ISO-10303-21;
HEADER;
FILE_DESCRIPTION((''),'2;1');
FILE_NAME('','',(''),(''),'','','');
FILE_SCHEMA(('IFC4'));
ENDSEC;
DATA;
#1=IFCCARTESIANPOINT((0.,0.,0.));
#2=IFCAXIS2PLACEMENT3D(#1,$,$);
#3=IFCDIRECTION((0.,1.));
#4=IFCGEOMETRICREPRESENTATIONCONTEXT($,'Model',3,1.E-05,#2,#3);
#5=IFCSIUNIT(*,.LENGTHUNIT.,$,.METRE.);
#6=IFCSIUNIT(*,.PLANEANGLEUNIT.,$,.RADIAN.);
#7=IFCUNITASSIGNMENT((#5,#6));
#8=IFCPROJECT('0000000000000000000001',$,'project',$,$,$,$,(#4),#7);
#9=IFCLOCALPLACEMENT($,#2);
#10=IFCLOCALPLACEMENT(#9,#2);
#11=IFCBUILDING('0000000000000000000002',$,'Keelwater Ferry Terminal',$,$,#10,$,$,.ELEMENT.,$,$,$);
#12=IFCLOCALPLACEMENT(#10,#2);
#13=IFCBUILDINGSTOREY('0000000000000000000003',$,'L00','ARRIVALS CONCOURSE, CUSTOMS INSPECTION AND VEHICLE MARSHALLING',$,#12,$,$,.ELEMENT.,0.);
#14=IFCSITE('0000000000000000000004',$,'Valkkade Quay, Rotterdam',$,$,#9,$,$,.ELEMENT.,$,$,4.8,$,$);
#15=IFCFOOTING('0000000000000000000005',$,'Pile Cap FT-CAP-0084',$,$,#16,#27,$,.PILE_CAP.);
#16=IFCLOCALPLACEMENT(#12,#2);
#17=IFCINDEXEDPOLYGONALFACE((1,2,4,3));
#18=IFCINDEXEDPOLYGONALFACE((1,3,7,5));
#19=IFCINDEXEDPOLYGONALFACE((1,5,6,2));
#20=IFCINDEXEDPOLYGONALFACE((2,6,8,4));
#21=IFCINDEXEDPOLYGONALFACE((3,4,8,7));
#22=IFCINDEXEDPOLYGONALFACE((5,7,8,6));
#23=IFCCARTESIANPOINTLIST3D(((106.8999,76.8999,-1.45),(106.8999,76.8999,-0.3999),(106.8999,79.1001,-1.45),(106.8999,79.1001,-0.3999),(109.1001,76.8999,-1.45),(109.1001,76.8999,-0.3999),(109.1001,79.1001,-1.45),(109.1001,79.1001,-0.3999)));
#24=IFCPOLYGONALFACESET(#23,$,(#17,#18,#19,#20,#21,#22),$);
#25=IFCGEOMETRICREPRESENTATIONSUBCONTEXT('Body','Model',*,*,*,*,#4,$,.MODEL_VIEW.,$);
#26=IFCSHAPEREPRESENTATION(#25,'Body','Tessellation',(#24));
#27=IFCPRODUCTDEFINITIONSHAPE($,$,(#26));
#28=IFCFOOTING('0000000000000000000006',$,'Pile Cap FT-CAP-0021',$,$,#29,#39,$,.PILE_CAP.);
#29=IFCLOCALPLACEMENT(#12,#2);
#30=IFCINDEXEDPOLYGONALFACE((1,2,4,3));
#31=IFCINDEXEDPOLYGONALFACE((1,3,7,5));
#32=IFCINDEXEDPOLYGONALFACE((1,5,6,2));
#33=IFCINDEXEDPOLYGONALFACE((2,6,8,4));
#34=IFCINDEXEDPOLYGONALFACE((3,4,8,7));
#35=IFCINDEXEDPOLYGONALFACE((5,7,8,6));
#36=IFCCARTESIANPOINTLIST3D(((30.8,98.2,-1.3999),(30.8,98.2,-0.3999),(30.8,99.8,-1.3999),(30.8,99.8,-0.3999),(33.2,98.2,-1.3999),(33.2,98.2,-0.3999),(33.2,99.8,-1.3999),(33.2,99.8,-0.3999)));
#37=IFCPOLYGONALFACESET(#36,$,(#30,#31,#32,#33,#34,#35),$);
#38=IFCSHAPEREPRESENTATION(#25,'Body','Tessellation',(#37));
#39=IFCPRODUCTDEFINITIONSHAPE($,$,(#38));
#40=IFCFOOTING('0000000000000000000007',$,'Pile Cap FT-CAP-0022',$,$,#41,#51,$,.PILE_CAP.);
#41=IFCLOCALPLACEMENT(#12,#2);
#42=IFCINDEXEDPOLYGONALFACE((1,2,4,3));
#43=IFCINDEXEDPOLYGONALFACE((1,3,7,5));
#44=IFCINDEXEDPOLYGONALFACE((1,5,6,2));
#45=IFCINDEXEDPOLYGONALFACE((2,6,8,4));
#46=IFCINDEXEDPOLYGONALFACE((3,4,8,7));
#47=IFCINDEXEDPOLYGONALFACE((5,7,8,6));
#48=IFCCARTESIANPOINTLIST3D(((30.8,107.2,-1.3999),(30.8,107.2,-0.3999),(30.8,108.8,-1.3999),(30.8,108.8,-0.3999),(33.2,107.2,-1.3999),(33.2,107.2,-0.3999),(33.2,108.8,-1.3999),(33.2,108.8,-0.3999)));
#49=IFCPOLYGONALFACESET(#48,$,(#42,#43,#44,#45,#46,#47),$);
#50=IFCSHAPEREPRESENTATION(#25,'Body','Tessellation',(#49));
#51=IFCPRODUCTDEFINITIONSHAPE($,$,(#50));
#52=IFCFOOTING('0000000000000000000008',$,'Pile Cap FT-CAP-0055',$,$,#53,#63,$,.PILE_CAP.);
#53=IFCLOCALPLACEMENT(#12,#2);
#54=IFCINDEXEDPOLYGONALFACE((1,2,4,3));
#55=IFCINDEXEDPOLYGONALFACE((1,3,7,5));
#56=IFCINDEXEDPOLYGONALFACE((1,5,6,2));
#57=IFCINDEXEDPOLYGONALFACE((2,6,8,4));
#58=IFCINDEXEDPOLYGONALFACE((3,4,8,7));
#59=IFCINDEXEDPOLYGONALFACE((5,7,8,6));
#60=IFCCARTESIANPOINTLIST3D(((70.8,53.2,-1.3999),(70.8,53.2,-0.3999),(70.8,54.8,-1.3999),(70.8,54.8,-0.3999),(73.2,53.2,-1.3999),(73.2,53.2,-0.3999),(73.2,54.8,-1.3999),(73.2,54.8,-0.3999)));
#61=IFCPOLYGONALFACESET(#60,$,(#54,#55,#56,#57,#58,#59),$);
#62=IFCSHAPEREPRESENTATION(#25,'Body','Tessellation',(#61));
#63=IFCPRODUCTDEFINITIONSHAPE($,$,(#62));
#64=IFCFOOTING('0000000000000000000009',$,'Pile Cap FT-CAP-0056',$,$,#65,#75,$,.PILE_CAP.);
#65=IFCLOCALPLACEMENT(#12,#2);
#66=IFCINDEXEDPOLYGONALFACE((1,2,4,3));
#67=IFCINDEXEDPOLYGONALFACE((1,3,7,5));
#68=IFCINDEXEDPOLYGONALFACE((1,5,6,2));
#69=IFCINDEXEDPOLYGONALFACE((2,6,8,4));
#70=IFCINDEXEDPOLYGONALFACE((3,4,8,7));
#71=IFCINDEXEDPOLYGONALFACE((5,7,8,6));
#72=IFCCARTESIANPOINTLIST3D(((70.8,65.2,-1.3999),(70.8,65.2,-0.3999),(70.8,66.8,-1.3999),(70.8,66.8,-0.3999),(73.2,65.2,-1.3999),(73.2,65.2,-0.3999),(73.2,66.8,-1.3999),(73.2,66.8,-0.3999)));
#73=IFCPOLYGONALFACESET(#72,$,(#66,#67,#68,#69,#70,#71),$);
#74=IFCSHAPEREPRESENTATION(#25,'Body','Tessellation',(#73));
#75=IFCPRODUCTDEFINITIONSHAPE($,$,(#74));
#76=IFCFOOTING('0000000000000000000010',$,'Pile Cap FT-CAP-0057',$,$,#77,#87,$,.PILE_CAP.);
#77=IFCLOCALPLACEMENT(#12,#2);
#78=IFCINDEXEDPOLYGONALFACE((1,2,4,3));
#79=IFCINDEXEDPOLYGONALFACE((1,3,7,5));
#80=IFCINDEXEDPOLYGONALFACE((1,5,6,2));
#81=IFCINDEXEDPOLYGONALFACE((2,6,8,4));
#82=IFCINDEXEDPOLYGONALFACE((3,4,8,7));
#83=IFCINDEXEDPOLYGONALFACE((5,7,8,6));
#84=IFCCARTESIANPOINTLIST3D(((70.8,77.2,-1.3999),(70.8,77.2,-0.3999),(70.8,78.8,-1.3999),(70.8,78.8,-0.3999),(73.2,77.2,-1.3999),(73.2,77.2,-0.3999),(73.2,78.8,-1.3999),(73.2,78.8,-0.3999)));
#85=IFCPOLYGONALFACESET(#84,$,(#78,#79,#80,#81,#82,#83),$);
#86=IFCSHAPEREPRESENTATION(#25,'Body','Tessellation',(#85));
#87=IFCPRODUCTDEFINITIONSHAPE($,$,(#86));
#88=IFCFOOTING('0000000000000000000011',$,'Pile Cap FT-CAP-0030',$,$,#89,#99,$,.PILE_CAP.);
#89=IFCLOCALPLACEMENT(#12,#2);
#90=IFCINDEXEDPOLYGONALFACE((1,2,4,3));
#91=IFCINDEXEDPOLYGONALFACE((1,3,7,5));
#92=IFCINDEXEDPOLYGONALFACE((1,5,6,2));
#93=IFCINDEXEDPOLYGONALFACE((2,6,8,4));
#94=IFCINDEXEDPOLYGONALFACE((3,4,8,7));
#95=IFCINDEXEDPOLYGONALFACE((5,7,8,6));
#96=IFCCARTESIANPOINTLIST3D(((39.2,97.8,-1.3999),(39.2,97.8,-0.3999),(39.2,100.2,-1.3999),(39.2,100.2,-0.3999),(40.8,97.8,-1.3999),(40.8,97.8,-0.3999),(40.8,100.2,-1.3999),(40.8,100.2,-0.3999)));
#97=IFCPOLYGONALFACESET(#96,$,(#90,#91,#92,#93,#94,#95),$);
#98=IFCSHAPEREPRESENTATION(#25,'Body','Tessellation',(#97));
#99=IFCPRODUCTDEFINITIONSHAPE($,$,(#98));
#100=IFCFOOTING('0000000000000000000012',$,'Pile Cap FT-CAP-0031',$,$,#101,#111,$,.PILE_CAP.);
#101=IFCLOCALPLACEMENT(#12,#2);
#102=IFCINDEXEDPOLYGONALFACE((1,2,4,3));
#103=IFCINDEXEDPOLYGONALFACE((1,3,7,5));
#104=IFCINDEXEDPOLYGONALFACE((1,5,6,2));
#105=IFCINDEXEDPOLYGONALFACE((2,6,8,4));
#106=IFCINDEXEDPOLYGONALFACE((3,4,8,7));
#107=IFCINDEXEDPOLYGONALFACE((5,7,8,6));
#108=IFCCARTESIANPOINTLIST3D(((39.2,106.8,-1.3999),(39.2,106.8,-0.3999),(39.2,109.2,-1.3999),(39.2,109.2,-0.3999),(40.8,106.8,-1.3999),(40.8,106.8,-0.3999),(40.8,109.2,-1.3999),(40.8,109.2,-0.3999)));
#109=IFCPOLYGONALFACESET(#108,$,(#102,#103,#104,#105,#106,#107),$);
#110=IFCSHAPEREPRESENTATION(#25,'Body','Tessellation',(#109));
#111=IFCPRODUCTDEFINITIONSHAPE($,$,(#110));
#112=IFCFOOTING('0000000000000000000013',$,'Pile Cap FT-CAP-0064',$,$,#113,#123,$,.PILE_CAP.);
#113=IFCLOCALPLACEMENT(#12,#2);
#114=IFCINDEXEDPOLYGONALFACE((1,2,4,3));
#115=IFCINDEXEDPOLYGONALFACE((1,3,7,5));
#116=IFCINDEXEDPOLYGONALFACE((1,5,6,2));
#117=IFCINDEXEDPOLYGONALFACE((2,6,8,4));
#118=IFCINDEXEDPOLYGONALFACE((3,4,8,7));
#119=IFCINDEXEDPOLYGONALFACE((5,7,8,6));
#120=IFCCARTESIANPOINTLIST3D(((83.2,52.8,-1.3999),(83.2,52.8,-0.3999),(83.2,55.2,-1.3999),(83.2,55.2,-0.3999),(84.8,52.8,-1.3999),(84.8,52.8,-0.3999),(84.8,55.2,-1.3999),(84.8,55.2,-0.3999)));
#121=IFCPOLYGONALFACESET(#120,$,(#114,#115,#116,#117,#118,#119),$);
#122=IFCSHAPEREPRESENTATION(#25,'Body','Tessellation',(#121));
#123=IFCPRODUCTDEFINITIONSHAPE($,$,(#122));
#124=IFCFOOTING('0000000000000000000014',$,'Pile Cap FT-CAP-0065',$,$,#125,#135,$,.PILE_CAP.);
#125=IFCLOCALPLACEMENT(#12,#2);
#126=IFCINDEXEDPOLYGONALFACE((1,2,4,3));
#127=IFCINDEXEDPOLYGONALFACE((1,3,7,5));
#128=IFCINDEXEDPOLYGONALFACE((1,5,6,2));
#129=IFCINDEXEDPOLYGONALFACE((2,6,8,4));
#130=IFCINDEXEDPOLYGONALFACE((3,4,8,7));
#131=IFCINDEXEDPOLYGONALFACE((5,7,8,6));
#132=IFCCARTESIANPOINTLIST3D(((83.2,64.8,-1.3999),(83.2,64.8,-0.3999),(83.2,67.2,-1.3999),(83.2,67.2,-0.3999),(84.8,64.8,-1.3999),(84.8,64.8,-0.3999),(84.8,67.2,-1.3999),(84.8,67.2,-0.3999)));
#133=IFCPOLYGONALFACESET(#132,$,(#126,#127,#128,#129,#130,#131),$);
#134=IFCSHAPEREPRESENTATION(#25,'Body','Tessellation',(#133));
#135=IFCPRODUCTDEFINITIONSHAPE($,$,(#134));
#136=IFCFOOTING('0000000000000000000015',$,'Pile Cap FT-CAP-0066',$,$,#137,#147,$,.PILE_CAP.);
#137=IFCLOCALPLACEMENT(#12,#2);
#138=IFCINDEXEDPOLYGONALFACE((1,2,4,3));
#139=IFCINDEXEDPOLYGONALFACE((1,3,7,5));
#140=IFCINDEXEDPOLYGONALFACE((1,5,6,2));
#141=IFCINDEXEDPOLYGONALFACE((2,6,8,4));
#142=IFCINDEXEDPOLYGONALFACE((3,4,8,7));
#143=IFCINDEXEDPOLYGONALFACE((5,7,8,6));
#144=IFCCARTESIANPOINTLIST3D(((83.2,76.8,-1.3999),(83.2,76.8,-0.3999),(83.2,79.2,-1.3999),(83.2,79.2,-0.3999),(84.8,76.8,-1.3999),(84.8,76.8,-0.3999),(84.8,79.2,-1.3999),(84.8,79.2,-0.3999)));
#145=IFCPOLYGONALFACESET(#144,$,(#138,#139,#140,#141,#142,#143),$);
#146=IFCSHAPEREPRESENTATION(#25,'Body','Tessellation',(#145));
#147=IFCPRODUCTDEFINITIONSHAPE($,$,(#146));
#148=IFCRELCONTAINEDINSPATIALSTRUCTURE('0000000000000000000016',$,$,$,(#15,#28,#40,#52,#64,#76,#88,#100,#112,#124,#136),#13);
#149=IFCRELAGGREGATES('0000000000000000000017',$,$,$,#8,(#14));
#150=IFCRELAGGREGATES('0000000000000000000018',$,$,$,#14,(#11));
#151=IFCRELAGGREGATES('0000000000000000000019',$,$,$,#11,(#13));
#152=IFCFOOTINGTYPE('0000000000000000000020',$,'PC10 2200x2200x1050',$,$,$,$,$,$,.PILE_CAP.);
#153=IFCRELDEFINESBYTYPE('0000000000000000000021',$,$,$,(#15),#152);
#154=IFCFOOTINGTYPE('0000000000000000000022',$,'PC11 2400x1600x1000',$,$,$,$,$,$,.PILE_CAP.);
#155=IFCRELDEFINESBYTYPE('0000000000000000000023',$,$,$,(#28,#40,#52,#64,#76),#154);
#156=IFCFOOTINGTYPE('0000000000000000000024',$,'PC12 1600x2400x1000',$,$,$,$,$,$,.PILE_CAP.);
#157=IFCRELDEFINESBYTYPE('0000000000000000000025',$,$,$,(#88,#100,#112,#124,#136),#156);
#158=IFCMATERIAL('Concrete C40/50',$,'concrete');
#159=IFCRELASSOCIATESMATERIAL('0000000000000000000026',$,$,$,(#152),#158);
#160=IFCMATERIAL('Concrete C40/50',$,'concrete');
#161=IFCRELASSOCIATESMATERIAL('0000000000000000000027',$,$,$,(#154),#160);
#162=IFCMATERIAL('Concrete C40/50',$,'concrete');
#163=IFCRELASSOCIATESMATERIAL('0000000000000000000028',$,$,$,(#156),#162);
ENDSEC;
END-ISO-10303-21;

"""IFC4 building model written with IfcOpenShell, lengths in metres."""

from ifc_helpers import new_model, si_unit, direction, frame, origin, place, context, subcontext, project, spatial, polyline, outline, extrude, material, type_object, element, save


model = new_model("IFC4")

# Units and contexts
model_context = context("Model", 3, precision=1e-05, world=origin(), true_north=direction((0.0, 1.0)))
body_context = subcontext(model_context, "Body", "Model", "MODEL_VIEW")
ifc_project = project(units=[si_unit("LENGTHUNIT", "METRE"), si_unit("PLANEANGLEUNIT", "RADIAN")], contexts=[model_context])

# Site, building, storey
site_placement = place(None, origin())
site = spatial("IfcSite", under=ifc_project, at=site_placement, Name="Valkkade Quay, Rotterdam", CompositionType="ELEMENT", RefElevation=4.8)
building_placement = place(site_placement, origin())
building = spatial("IfcBuilding", under=site, at=building_placement, Name="Keelwater Ferry Terminal", CompositionType="ELEMENT")
storey_placement = place(building_placement, origin())
storey = spatial("IfcBuildingStorey", under=building, at=storey_placement, Name="L00", Description="ARRIVALS CONCOURSE, CUSTOMS INSPECTION AND VEHICLE MARSHALLING", CompositionType="ELEMENT", Elevation=0.0)

# Footings
ifc_material_1 = material(Name="Concrete C40/50", Category="concrete")
footing_type_1 = type_object("IfcFootingType", Name="PC10 2200x2200x1050", PredefinedType="PILE_CAP", material=ifc_material_1)
footing_1_placement = place(storey_placement, frame((0.0, 0.0, -1.45)))
element("IfcFooting", 1, at=footing_1_placement, inside=storey, type_object=footing_type_1, Name="Pile Cap FT-CAP-0084", PredefinedType="PILE_CAP", context=body_context, shape_type="SweptSolid", body=[
    extrude(outline(polyline([(106.8999, 76.8999), (109.1001, 76.8999), (109.1001, 79.1001), (106.8999, 79.1001), (106.8999, 76.8999)])), origin(), (0.0, 0.0, 1.0), 1.05),
])
ifc_material_2 = material(Name="Concrete C40/50", Category="concrete")
footing_type_2 = type_object("IfcFootingType", Name="PC11 2400x1600x1000", PredefinedType="PILE_CAP", material=ifc_material_2)
footing_2_placement = place(storey_placement, frame((0.0, 0.0, -1.3999)))
element("IfcFooting", 2, at=footing_2_placement, inside=storey, type_object=footing_type_2, Name="Pile Cap FT-CAP-0021", PredefinedType="PILE_CAP", context=body_context, shape_type="SweptSolid", body=[
    extrude(outline(polyline([(30.8, 98.2), (33.2, 98.2), (33.2, 99.8), (30.8, 99.8), (30.8, 98.2)])), origin(), (0.0, 0.0, 1.0), 1.0),
])
footing_3_placement = place(storey_placement, frame((0.0, 0.0, -1.3999)))
element("IfcFooting", 3, at=footing_3_placement, inside=storey, type_object=footing_type_2, Name="Pile Cap FT-CAP-0022", PredefinedType="PILE_CAP", context=body_context, shape_type="SweptSolid", body=[
    extrude(outline(polyline([(30.8, 107.2), (33.2, 107.2), (33.2, 108.8), (30.8, 108.8), (30.8, 107.2)])), origin(), (0.0, 0.0, 1.0), 1.0),
])
footing_4_placement = place(storey_placement, frame((0.0, 0.0, -1.3999)))
element("IfcFooting", 4, at=footing_4_placement, inside=storey, type_object=footing_type_2, Name="Pile Cap FT-CAP-0055", PredefinedType="PILE_CAP", context=body_context, shape_type="SweptSolid", body=[
    extrude(outline(polyline([(70.8, 53.2), (73.2, 53.2), (73.2, 54.8), (70.8, 54.8), (70.8, 53.2)])), origin(), (0.0, 0.0, 1.0), 1.0),
])
footing_5_placement = place(storey_placement, frame((0.0, 0.0, -1.3999)))
element("IfcFooting", 5, at=footing_5_placement, inside=storey, type_object=footing_type_2, Name="Pile Cap FT-CAP-0056", PredefinedType="PILE_CAP", context=body_context, shape_type="SweptSolid", body=[
    extrude(outline(polyline([(70.8, 65.2), (73.2, 65.2), (73.2, 66.8), (70.8, 66.8), (70.8, 65.2)])), origin(), (0.0, 0.0, 1.0), 1.0),
])
footing_6_placement = place(storey_placement, frame((0.0, 0.0, -1.3999)))
element("IfcFooting", 6, at=footing_6_placement, inside=storey, type_object=footing_type_2, Name="Pile Cap FT-CAP-0057", PredefinedType="PILE_CAP", context=body_context, shape_type="SweptSolid", body=[
    extrude(outline(polyline([(70.8, 77.2), (73.2, 77.2), (73.2, 78.8), (70.8, 78.8), (70.8, 77.2)])), origin(), (0.0, 0.0, 1.0), 1.0),
])
ifc_material_3 = material(Name="Concrete C40/50", Category="concrete")
footing_type_3 = type_object("IfcFootingType", Name="PC12 1600x2400x1000", PredefinedType="PILE_CAP", material=ifc_material_3)
footing_7_placement = place(storey_placement, frame((0.0, 0.0, -1.3999)))
element("IfcFooting", 7, at=footing_7_placement, inside=storey, type_object=footing_type_3, Name="Pile Cap FT-CAP-0030", PredefinedType="PILE_CAP", context=body_context, shape_type="SweptSolid", body=[
    extrude(outline(polyline([(39.2, 97.8), (40.8, 97.8), (40.8, 100.2), (39.2, 100.2), (39.2, 97.8)])), origin(), (0.0, 0.0, 1.0), 1.0),
])
footing_8_placement = place(storey_placement, frame((0.0, 0.0, -1.3999)))
element("IfcFooting", 8, at=footing_8_placement, inside=storey, type_object=footing_type_3, Name="Pile Cap FT-CAP-0031", PredefinedType="PILE_CAP", context=body_context, shape_type="SweptSolid", body=[
    extrude(outline(polyline([(39.2, 106.8), (40.8, 106.8), (40.8, 109.2), (39.2, 109.2), (39.2, 106.8)])), origin(), (0.0, 0.0, 1.0), 1.0),
])
footing_9_placement = place(storey_placement, frame((0.0, 0.0, -1.3999)))
element("IfcFooting", 9, at=footing_9_placement, inside=storey, type_object=footing_type_3, Name="Pile Cap FT-CAP-0064", PredefinedType="PILE_CAP", context=body_context, shape_type="SweptSolid", body=[
    extrude(outline(polyline([(83.2, 52.8), (84.8, 52.8), (84.8, 55.2), (83.2, 55.2), (83.2, 52.8)])), origin(), (0.0, 0.0, 1.0), 1.0),
])
footing_10_placement = place(storey_placement, frame((0.0, 0.0, -1.3999)))
element("IfcFooting", 10, at=footing_10_placement, inside=storey, type_object=footing_type_3, Name="Pile Cap FT-CAP-0065", PredefinedType="PILE_CAP", context=body_context, shape_type="SweptSolid", body=[
    extrude(outline(polyline([(83.2, 64.8), (84.8, 64.8), (84.8, 67.2), (83.2, 67.2), (83.2, 64.8)])), origin(), (0.0, 0.0, 1.0), 1.0),
])
footing_11_placement = place(storey_placement, frame((0.0, 0.0, -1.3999)))
element("IfcFooting", 11, at=footing_11_placement, inside=storey, type_object=footing_type_3, Name="Pile Cap FT-CAP-0066", PredefinedType="PILE_CAP", context=body_context, shape_type="SweptSolid", body=[
    extrude(outline(polyline([(83.2, 76.8), (84.8, 76.8), (84.8, 79.2), (83.2, 79.2), (83.2, 76.8)])), origin(), (0.0, 0.0, 1.0), 1.0),
])

save(model, "model.ifc")
